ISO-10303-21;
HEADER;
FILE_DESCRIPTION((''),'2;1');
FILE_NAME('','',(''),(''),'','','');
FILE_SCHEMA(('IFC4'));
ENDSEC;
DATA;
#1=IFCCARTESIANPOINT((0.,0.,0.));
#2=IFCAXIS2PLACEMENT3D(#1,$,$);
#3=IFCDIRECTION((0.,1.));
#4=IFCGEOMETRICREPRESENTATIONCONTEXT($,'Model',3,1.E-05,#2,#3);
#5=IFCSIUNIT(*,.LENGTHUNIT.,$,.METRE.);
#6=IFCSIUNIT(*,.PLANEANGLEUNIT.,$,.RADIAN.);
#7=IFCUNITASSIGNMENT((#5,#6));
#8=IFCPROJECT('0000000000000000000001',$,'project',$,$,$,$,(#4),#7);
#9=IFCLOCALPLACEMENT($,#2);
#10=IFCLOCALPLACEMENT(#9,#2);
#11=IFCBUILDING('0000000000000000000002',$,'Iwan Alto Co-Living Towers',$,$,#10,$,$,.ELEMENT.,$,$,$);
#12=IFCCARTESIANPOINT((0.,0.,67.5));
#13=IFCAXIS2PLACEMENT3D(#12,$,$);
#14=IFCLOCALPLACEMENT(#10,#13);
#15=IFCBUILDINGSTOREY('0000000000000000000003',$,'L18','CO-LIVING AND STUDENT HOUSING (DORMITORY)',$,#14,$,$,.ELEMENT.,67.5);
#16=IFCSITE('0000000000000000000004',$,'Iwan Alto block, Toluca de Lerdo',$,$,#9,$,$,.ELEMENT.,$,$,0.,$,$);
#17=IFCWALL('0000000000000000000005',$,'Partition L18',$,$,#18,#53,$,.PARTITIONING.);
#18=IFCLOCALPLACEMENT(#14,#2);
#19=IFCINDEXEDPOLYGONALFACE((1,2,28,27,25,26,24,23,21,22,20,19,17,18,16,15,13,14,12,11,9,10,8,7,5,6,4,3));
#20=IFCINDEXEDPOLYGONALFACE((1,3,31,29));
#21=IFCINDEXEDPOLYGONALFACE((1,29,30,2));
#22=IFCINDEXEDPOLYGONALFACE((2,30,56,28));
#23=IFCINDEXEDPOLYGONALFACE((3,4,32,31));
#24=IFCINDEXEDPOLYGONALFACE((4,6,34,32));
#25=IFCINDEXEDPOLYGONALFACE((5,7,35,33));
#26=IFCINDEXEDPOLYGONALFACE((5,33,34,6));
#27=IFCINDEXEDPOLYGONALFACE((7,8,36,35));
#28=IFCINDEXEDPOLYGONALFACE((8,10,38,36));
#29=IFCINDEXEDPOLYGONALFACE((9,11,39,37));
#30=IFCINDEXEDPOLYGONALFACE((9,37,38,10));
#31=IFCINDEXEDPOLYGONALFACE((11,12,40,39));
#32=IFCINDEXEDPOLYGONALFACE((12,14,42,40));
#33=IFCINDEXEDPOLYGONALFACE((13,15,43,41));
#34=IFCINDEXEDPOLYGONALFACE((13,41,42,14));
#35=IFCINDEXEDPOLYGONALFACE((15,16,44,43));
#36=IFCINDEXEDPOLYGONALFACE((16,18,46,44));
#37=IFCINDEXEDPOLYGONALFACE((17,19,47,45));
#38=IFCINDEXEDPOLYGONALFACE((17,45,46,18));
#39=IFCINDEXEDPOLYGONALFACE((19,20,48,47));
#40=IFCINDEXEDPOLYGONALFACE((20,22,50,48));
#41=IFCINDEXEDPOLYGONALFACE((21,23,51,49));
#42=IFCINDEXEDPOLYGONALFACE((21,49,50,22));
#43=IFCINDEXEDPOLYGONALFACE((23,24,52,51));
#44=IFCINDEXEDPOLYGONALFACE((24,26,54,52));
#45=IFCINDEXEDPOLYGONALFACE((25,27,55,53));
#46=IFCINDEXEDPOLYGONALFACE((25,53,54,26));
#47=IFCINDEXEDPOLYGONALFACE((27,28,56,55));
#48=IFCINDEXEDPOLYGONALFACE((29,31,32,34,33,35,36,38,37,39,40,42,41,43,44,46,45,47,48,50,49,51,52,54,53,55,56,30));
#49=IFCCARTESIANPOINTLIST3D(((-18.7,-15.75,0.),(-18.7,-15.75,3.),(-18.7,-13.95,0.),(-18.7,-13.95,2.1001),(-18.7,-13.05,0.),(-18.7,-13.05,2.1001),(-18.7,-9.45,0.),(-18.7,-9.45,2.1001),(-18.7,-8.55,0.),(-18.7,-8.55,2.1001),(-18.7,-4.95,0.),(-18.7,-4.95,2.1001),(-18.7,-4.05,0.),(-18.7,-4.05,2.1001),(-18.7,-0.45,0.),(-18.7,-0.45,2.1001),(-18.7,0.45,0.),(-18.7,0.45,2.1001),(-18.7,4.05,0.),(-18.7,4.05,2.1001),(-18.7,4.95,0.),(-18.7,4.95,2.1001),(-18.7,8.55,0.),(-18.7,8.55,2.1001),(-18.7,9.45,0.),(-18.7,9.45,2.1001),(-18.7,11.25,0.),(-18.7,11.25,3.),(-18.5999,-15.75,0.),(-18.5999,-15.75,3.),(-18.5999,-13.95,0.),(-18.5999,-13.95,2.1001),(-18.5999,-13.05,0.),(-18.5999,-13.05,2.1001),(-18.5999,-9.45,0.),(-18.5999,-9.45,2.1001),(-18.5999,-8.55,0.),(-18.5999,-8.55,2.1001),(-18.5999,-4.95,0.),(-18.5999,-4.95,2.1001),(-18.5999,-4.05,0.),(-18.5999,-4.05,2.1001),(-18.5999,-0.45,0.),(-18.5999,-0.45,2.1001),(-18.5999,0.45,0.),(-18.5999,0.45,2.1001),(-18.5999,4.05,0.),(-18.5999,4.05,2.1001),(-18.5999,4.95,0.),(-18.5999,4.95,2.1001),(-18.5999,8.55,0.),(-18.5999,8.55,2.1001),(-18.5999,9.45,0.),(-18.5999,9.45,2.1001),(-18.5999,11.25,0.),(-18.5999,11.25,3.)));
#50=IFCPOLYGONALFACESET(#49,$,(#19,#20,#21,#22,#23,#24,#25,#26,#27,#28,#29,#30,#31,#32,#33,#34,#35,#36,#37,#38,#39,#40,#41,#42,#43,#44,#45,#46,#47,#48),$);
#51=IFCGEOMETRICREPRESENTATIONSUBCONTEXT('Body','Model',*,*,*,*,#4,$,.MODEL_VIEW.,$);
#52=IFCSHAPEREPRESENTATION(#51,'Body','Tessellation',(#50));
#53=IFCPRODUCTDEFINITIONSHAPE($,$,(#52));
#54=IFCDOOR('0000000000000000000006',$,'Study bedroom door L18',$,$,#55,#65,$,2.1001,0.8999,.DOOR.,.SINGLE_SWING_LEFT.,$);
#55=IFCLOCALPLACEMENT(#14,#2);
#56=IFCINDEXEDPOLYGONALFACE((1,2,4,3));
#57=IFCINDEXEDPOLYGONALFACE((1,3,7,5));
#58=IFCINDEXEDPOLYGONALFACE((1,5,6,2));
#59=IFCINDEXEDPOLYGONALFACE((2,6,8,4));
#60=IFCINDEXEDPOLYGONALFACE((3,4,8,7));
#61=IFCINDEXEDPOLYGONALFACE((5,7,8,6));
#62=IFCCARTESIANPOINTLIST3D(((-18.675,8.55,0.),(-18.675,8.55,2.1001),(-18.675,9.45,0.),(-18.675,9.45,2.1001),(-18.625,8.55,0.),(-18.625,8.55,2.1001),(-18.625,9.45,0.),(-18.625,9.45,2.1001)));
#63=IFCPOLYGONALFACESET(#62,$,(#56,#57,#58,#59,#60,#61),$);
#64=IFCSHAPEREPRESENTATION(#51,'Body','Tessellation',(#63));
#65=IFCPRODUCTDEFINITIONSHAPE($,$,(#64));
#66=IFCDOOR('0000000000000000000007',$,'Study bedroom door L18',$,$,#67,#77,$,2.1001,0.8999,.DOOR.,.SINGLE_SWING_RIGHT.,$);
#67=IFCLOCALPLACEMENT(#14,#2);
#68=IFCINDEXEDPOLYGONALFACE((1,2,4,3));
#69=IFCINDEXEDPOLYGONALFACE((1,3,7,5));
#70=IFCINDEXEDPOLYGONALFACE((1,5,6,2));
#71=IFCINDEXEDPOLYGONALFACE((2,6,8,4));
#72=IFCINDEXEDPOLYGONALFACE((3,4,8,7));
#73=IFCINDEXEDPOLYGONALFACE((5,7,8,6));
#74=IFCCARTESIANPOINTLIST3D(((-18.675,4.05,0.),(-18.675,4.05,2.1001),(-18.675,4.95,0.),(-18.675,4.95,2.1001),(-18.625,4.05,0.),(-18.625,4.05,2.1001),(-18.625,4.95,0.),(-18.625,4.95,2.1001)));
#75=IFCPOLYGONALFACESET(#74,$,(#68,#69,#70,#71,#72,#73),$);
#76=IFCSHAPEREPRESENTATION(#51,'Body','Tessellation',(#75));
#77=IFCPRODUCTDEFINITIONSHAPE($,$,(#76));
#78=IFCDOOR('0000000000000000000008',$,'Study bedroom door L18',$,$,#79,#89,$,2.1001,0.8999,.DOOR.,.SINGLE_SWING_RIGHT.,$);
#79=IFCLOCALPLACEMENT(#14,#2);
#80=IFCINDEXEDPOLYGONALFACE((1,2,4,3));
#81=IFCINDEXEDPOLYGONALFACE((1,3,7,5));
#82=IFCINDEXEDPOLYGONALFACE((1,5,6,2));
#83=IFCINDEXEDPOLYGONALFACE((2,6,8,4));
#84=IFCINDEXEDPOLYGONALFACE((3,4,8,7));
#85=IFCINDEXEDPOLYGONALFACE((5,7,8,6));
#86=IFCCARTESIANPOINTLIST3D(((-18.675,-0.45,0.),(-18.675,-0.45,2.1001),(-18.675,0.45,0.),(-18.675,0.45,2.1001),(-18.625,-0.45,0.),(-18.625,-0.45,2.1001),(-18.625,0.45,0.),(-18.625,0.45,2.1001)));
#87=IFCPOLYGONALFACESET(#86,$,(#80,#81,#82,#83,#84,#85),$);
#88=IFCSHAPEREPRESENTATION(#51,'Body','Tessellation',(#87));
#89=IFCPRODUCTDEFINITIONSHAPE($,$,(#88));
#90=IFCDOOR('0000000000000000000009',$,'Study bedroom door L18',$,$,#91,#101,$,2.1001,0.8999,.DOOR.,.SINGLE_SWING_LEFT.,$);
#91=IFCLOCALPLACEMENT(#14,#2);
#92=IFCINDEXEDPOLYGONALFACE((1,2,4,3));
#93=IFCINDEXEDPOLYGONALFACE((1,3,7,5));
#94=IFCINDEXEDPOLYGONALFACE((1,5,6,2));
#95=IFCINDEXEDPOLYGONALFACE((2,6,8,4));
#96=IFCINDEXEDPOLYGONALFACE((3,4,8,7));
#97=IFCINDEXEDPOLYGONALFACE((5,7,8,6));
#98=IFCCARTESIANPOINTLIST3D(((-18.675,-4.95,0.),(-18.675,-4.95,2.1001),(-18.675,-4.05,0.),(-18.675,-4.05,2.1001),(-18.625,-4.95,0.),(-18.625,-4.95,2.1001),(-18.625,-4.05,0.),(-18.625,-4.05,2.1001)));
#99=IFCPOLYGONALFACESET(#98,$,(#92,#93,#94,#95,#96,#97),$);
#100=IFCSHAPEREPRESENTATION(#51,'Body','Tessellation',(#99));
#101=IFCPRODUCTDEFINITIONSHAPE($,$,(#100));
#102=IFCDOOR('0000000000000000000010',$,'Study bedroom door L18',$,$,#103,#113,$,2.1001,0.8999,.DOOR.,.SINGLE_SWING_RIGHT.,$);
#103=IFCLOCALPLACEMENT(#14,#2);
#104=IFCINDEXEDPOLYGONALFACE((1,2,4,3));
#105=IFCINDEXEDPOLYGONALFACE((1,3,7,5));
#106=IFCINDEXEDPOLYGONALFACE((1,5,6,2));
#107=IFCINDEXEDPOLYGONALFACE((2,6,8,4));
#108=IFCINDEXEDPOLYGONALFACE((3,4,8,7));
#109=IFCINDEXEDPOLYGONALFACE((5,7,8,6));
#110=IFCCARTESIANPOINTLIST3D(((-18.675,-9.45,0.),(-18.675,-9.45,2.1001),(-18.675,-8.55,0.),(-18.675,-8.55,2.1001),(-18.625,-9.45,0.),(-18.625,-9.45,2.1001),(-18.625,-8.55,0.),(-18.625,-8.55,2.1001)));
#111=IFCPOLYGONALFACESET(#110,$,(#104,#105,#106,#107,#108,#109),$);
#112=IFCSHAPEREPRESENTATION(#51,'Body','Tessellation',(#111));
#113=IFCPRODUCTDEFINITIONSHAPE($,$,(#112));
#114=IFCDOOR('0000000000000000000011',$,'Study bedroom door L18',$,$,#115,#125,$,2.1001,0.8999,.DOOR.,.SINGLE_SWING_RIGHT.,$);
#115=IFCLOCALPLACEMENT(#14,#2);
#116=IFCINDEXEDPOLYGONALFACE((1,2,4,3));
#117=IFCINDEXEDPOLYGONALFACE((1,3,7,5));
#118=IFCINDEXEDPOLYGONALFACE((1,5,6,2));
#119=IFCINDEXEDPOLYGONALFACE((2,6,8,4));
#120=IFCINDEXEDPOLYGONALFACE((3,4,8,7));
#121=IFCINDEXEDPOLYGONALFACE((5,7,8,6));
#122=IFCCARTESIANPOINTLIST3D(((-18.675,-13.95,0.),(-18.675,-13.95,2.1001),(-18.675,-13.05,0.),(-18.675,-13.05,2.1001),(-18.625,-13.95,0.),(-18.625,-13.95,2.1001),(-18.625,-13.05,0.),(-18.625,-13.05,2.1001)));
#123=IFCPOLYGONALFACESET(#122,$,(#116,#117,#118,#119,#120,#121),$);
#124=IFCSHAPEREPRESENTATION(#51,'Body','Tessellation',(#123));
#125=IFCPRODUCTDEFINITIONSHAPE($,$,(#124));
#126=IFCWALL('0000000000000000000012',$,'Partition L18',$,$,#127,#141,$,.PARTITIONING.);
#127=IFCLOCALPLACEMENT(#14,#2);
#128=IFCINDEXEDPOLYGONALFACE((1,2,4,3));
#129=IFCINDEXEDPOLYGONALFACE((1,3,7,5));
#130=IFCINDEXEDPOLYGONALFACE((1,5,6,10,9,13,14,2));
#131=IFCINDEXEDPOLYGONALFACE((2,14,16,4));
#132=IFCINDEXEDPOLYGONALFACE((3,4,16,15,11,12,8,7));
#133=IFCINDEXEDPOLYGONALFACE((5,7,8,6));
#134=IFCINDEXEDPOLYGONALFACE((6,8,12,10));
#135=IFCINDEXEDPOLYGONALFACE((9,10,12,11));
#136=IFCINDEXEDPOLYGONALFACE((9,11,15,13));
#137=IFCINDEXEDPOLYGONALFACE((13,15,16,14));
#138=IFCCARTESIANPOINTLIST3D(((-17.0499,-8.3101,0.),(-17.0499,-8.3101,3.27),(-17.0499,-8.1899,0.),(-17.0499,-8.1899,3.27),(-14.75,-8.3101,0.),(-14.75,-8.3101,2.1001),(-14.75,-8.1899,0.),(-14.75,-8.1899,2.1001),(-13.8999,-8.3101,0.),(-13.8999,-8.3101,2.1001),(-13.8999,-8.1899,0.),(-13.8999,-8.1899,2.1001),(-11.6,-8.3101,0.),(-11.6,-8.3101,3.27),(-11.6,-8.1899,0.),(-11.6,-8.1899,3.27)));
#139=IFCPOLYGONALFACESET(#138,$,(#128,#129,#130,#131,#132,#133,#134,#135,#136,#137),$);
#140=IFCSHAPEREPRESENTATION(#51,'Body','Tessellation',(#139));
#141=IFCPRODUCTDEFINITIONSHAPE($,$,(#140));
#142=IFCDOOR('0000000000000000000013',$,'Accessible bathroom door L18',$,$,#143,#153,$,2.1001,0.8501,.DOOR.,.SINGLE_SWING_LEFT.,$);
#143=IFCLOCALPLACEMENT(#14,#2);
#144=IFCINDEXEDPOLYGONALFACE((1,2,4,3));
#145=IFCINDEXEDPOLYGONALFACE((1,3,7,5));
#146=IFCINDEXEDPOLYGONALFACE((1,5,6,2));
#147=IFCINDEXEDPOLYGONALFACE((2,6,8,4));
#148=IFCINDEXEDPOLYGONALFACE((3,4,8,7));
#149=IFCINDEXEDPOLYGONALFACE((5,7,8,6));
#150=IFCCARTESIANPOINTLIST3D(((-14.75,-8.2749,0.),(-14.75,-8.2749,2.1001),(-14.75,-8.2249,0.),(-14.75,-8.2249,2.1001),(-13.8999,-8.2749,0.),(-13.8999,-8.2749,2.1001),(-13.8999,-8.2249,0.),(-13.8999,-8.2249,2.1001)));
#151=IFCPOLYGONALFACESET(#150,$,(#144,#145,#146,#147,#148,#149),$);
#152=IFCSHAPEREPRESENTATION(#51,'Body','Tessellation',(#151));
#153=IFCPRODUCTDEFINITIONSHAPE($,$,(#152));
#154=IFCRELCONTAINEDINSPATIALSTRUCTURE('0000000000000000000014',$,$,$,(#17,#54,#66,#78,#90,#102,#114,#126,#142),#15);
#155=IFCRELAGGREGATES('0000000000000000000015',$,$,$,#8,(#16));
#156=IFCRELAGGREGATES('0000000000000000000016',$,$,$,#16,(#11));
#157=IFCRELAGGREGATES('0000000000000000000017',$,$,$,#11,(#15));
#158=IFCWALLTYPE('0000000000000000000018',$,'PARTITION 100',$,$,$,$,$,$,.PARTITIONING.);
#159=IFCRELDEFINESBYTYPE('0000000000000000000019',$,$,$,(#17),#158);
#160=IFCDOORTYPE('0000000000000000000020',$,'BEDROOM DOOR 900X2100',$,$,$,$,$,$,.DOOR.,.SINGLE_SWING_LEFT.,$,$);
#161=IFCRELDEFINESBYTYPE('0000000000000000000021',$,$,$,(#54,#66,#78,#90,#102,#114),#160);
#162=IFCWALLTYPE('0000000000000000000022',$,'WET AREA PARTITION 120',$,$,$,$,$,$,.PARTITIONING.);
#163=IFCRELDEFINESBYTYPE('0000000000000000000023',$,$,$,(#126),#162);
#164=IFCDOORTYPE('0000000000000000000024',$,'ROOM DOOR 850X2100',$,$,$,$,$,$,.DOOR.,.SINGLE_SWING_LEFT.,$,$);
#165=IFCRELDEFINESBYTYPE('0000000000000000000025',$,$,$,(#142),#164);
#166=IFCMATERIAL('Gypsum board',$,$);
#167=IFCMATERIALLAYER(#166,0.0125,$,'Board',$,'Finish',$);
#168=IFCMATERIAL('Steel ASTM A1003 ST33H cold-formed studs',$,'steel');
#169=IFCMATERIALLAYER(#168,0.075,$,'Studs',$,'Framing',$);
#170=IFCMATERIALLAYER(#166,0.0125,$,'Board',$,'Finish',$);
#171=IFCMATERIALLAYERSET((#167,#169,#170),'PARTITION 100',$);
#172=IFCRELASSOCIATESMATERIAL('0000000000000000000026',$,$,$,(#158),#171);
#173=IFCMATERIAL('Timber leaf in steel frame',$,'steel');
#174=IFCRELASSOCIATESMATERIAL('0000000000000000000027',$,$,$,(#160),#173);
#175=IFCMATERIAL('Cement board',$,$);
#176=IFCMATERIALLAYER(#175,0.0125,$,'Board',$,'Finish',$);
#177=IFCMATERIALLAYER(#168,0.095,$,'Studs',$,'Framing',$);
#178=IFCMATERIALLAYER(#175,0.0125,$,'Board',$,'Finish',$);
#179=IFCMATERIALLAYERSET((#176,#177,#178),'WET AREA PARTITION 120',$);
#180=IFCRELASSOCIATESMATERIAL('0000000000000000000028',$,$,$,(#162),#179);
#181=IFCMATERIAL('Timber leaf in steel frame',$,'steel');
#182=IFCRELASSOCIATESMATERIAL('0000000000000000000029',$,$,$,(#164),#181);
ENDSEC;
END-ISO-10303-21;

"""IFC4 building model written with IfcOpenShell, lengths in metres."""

from ifc_helpers import new_model, si_unit, direction, frame, frame_2d, origin, place, context, subcontext, project, spatial, rectangle, extrude, material, layer, layer_set, type_object, element, fill, save


model = new_model("IFC4")

# Units and contexts
model_context = context("Model", 3, precision=1e-05, world=origin(), true_north=direction((0.0, 1.0)))
body_context = subcontext(model_context, "Body", "Model", "MODEL_VIEW")
ifc_project = project(units=[si_unit("LENGTHUNIT", "METRE"), si_unit("PLANEANGLEUNIT", "RADIAN")], contexts=[model_context])

# Site, building, storey
site_placement = place(None, origin())
site = spatial("IfcSite", under=ifc_project, at=site_placement, Name="Iwan Alto block, Toluca de Lerdo", CompositionType="ELEMENT", RefElevation=0.0)
building_placement = place(site_placement, origin())
building = spatial("IfcBuilding", under=site, at=building_placement, Name="Iwan Alto Co-Living Towers", CompositionType="ELEMENT")
storey_placement = place(building_placement, frame((0.0, 0.0, 67.5)))
storey = spatial("IfcBuildingStorey", under=building, at=storey_placement, Name="L18", Description="CO-LIVING AND STUDENT HOUSING (DORMITORY)", CompositionType="ELEMENT", Elevation=67.5)

# Wall, openings, doors
ifc_material_1 = material(Name="Gypsum board")
ifc_layer_1 = layer(ifc_material_1, 0.0125, Name="Board", Category="Finish")
ifc_material_2 = material(Name="Steel ASTM A1003 ST33H cold-formed studs", Category="steel")
ifc_layer_2 = layer(ifc_material_2, 0.075, Name="Studs", Category="Framing")
ifc_layer_3 = layer(ifc_material_1, 0.0125, Name="Board", Category="Finish")
ifc_layer_set_1 = layer_set([ifc_layer_1, ifc_layer_2, ifc_layer_3], Name="PARTITION 100")
wall_type_1 = type_object("IfcWallType", Name="PARTITION 100", PredefinedType="PARTITIONING", material=ifc_layer_set_1)
wall_1_placement = place(storey_placement, frame((-18.6499, -15.75, 0.0), z_axis=(0.0, 0.0, 1.0), x_axis=(0.0, 1.0, 0.0)))
wall_1 = element("IfcWall", 1, at=wall_1_placement, inside=storey, type_object=wall_type_1, Name="Partition L18", PredefinedType="PARTITIONING", context=body_context, shape_type="SweptSolid", body=[
    extrude(rectangle(XDim=27.0, YDim=0.1001, at=frame_2d((13.5, 0.0))), origin(), (0.0, 0.0, 1.0), 3.0),
])
opening_1_placement = place(wall_1_placement, frame((24.3, 0.0, 0.0)))
opening_1 = element("IfcOpeningElement", 2, at=opening_1_placement, cuts=wall_1, PredefinedType="OPENING", context=body_context, shape_type="SweptSolid", body=[
    extrude(rectangle(XDim=0.8999, YDim=2.1001, at=frame_2d((0.45, 1.05))), frame((0.0, 0.0601, 0.0), z_axis=(0.0, -1.0, 0.0), x_axis=(1.0, 0.0, 0.0)), (0.0, 0.0, 1.0), 0.1201),
])
opening_2_placement = place(wall_1_placement, frame((19.8, 0.0, 0.0)))
opening_2 = element("IfcOpeningElement", 3, at=opening_2_placement, cuts=wall_1, PredefinedType="OPENING", context=body_context, shape_type="SweptSolid", body=[
    extrude(rectangle(XDim=0.8999, YDim=2.1001, at=frame_2d((0.45, 1.05))), frame((0.0, 0.0601, 0.0), z_axis=(0.0, -1.0, 0.0), x_axis=(1.0, 0.0, 0.0)), (0.0, 0.0, 1.0), 0.1201),
])
opening_3_placement = place(wall_1_placement, frame((15.3, 0.0, 0.0)))
opening_3 = element("IfcOpeningElement", 4, at=opening_3_placement, cuts=wall_1, PredefinedType="OPENING", context=body_context, shape_type="SweptSolid", body=[
    extrude(rectangle(XDim=0.8999, YDim=2.1001, at=frame_2d((0.45, 1.05))), frame((0.0, 0.0601, 0.0), z_axis=(0.0, -1.0, 0.0), x_axis=(1.0, 0.0, 0.0)), (0.0, 0.0, 1.0), 0.1201),
])
opening_4_placement = place(wall_1_placement, frame((10.8, 0.0, 0.0)))
opening_4 = element("IfcOpeningElement", 5, at=opening_4_placement, cuts=wall_1, PredefinedType="OPENING", context=body_context, shape_type="SweptSolid", body=[
    extrude(rectangle(XDim=0.8999, YDim=2.1001, at=frame_2d((0.45, 1.05))), frame((0.0, 0.0601, 0.0), z_axis=(0.0, -1.0, 0.0), x_axis=(1.0, 0.0, 0.0)), (0.0, 0.0, 1.0), 0.1201),
])
opening_5_placement = place(wall_1_placement, frame((6.3, 0.0, 0.0)))
opening_5 = element("IfcOpeningElement", 6, at=opening_5_placement, cuts=wall_1, PredefinedType="OPENING", context=body_context, shape_type="SweptSolid", body=[
    extrude(rectangle(XDim=0.8999, YDim=2.1001, at=frame_2d((0.45, 1.05))), frame((0.0, 0.0601, 0.0), z_axis=(0.0, -1.0, 0.0), x_axis=(1.0, 0.0, 0.0)), (0.0, 0.0, 1.0), 0.1201),
])
opening_6_placement = place(wall_1_placement, frame((1.8, 0.0, 0.0)))
opening_6 = element("IfcOpeningElement", 7, at=opening_6_placement, cuts=wall_1, PredefinedType="OPENING", context=body_context, shape_type="SweptSolid", body=[
    extrude(rectangle(XDim=0.8999, YDim=2.1001, at=frame_2d((0.45, 1.05))), frame((0.0, 0.0601, 0.0), z_axis=(0.0, -1.0, 0.0), x_axis=(1.0, 0.0, 0.0)), (0.0, 0.0, 1.0), 0.1201),
])
ifc_material_3 = material(Name="Timber leaf in steel frame", Category="steel")
door_type_1 = type_object("IfcDoorType", Name="BEDROOM DOOR 900X2100", OperationType="SINGLE_SWING_LEFT", PredefinedType="DOOR", material=ifc_material_3)
door_1_placement = place(opening_1_placement, frame((0.8999, 0.0, 0.0), z_axis=(0.0, 0.0, 1.0), x_axis=(-1.0, 0.0, 0.0)))
door_1 = element("IfcDoor", 8, at=door_1_placement, inside=storey, type_object=door_type_1, Name="Study bedroom door L18", OperationType="SINGLE_SWING_LEFT", OverallHeight=2.1001, OverallWidth=0.8999, PredefinedType="DOOR", context=body_context, shape_type="SweptSolid", body=[
    extrude(rectangle(XDim=0.8999, YDim=2.1001, at=frame_2d((0.45, 1.05))), frame((0.0, 0.0249, 0.0), z_axis=(0.0, -1.0, 0.0), x_axis=(1.0, 0.0, 0.0)), (0.0, 0.0, 1.0), 0.05),
])
fill(opening_1, door_1)
door_2_placement = place(opening_2_placement, frame((0.8999, 0.0, 0.0), z_axis=(0.0, 0.0, 1.0), x_axis=(-1.0, 0.0, 0.0)))
door_2 = element("IfcDoor", 9, at=door_2_placement, inside=storey, type_object=door_type_1, Name="Study bedroom door L18", OperationType="SINGLE_SWING_RIGHT", OverallHeight=2.1001, OverallWidth=0.8999, PredefinedType="DOOR", context=body_context, shape_type="SweptSolid", body=[
    extrude(rectangle(XDim=0.8999, YDim=2.1001, at=frame_2d((0.45, 1.05))), frame((0.0, 0.0249, 0.0), z_axis=(0.0, -1.0, 0.0), x_axis=(1.0, 0.0, 0.0)), (0.0, 0.0, 1.0), 0.05),
])
fill(opening_2, door_2)
door_3_placement = place(opening_3_placement, frame((0.8999, 0.0, 0.0), z_axis=(0.0, 0.0, 1.0), x_axis=(-1.0, 0.0, 0.0)))
door_3 = element("IfcDoor", 10, at=door_3_placement, inside=storey, type_object=door_type_1, Name="Study bedroom door L18", OperationType="SINGLE_SWING_RIGHT", OverallHeight=2.1001, OverallWidth=0.8999, PredefinedType="DOOR", context=body_context, shape_type="SweptSolid", body=[
    extrude(rectangle(XDim=0.8999, YDim=2.1001, at=frame_2d((0.45, 1.05))), frame((0.0, 0.0249, 0.0), z_axis=(0.0, -1.0, 0.0), x_axis=(1.0, 0.0, 0.0)), (0.0, 0.0, 1.0), 0.05),
])
fill(opening_3, door_3)
door_4_placement = place(opening_4_placement, frame((0.8999, 0.0, 0.0), z_axis=(0.0, 0.0, 1.0), x_axis=(-1.0, 0.0, 0.0)))
door_4 = element("IfcDoor", 11, at=door_4_placement, inside=storey, type_object=door_type_1, Name="Study bedroom door L18", OperationType="SINGLE_SWING_LEFT", OverallHeight=2.1001, OverallWidth=0.8999, PredefinedType="DOOR", context=body_context, shape_type="SweptSolid", body=[
    extrude(rectangle(XDim=0.8999, YDim=2.1001, at=frame_2d((0.45, 1.05))), frame((0.0, 0.0249, 0.0), z_axis=(0.0, -1.0, 0.0), x_axis=(1.0, 0.0, 0.0)), (0.0, 0.0, 1.0), 0.05),
])
fill(opening_4, door_4)
door_5_placement = place(opening_5_placement, frame((0.8999, 0.0, 0.0), z_axis=(0.0, 0.0, 1.0), x_axis=(-1.0, 0.0, 0.0)))
door_5 = element("IfcDoor", 12, at=door_5_placement, inside=storey, type_object=door_type_1, Name="Study bedroom door L18", OperationType="SINGLE_SWING_RIGHT", OverallHeight=2.1001, OverallWidth=0.8999, PredefinedType="DOOR", context=body_context, shape_type="SweptSolid", body=[
    extrude(rectangle(XDim=0.8999, YDim=2.1001, at=frame_2d((0.45, 1.05))), frame((0.0, 0.0249, 0.0), z_axis=(0.0, -1.0, 0.0), x_axis=(1.0, 0.0, 0.0)), (0.0, 0.0, 1.0), 0.05),
])
fill(opening_5, door_5)
door_6_placement = place(opening_6_placement, frame((0.8999, 0.0, 0.0), z_axis=(0.0, 0.0, 1.0), x_axis=(-1.0, 0.0, 0.0)))
door_6 = element("IfcDoor", 13, at=door_6_placement, inside=storey, type_object=door_type_1, Name="Study bedroom door L18", OperationType="SINGLE_SWING_RIGHT", OverallHeight=2.1001, OverallWidth=0.8999, PredefinedType="DOOR", context=body_context, shape_type="SweptSolid", body=[
    extrude(rectangle(XDim=0.8999, YDim=2.1001, at=frame_2d((0.45, 1.05))), frame((0.0, 0.0249, 0.0), z_axis=(0.0, -1.0, 0.0), x_axis=(1.0, 0.0, 0.0)), (0.0, 0.0, 1.0), 0.05),
])
fill(opening_6, door_6)

# Wall, opening, door
ifc_material_4 = material(Name="Cement board")
ifc_layer_4 = layer(ifc_material_4, 0.0125, Name="Board", Category="Finish")
ifc_layer_5 = layer(ifc_material_2, 0.095, Name="Studs", Category="Framing")
ifc_layer_6 = layer(ifc_material_4, 0.0125, Name="Board", Category="Finish")
ifc_layer_set_2 = layer_set([ifc_layer_4, ifc_layer_5, ifc_layer_6], Name="WET AREA PARTITION 120")
wall_type_2 = type_object("IfcWallType", Name="WET AREA PARTITION 120", PredefinedType="PARTITIONING", material=ifc_layer_set_2)
wall_2_placement = place(storey_placement, frame((-17.05, -8.25, 0.0), z_axis=(0.0, 0.0, 1.0), x_axis=(1.0, 0.0, 0.0)))
wall_2 = element("IfcWall", 14, at=wall_2_placement, inside=storey, type_object=wall_type_2, Name="Partition L18", PredefinedType="PARTITIONING", context=body_context, shape_type="SweptSolid", body=[
    extrude(rectangle(XDim=5.45, YDim=0.1201, at=frame_2d((2.7251, 0.0))), origin(), (0.0, 0.0, 1.0), 3.27),
])
opening_7_placement = place(wall_2_placement, frame((2.3, 0.0, 0.0)))
opening_7 = element("IfcOpeningElement", 15, at=opening_7_placement, cuts=wall_2, PredefinedType="OPENING", context=body_context, shape_type="SweptSolid", body=[
    extrude(rectangle(XDim=0.8501, YDim=2.1001, at=frame_2d((0.425, 1.05))), frame((0.0, 0.0701, 0.0), z_axis=(0.0, -1.0, 0.0), x_axis=(1.0, 0.0, 0.0)), (0.0, 0.0, 1.0), 0.1401),
])
ifc_material_5 = material(Name="Timber leaf in steel frame", Category="steel")
door_type_2 = type_object("IfcDoorType", Name="ROOM DOOR 850X2100", OperationType="SINGLE_SWING_LEFT", PredefinedType="DOOR", material=ifc_material_5)
door_7_placement = place(opening_7_placement, frame((0.8501, 0.0, 0.0), z_axis=(0.0, 0.0, 1.0), x_axis=(-1.0, 0.0, 0.0)))
door_7 = element("IfcDoor", 16, at=door_7_placement, inside=storey, type_object=door_type_2, Name="Accessible bathroom door L18", OperationType="SINGLE_SWING_LEFT", OverallHeight=2.1001, OverallWidth=0.8501, PredefinedType="DOOR", context=body_context, shape_type="SweptSolid", body=[
    extrude(rectangle(XDim=0.8501, YDim=2.1001, at=frame_2d((0.425, 1.05))), frame((0.0, 0.0249, 0.0), z_axis=(0.0, -1.0, 0.0), x_axis=(1.0, 0.0, 0.0)), (0.0, 0.0, 1.0), 0.05),
])
fill(opening_7, door_7)

save(model, "model.ifc")
